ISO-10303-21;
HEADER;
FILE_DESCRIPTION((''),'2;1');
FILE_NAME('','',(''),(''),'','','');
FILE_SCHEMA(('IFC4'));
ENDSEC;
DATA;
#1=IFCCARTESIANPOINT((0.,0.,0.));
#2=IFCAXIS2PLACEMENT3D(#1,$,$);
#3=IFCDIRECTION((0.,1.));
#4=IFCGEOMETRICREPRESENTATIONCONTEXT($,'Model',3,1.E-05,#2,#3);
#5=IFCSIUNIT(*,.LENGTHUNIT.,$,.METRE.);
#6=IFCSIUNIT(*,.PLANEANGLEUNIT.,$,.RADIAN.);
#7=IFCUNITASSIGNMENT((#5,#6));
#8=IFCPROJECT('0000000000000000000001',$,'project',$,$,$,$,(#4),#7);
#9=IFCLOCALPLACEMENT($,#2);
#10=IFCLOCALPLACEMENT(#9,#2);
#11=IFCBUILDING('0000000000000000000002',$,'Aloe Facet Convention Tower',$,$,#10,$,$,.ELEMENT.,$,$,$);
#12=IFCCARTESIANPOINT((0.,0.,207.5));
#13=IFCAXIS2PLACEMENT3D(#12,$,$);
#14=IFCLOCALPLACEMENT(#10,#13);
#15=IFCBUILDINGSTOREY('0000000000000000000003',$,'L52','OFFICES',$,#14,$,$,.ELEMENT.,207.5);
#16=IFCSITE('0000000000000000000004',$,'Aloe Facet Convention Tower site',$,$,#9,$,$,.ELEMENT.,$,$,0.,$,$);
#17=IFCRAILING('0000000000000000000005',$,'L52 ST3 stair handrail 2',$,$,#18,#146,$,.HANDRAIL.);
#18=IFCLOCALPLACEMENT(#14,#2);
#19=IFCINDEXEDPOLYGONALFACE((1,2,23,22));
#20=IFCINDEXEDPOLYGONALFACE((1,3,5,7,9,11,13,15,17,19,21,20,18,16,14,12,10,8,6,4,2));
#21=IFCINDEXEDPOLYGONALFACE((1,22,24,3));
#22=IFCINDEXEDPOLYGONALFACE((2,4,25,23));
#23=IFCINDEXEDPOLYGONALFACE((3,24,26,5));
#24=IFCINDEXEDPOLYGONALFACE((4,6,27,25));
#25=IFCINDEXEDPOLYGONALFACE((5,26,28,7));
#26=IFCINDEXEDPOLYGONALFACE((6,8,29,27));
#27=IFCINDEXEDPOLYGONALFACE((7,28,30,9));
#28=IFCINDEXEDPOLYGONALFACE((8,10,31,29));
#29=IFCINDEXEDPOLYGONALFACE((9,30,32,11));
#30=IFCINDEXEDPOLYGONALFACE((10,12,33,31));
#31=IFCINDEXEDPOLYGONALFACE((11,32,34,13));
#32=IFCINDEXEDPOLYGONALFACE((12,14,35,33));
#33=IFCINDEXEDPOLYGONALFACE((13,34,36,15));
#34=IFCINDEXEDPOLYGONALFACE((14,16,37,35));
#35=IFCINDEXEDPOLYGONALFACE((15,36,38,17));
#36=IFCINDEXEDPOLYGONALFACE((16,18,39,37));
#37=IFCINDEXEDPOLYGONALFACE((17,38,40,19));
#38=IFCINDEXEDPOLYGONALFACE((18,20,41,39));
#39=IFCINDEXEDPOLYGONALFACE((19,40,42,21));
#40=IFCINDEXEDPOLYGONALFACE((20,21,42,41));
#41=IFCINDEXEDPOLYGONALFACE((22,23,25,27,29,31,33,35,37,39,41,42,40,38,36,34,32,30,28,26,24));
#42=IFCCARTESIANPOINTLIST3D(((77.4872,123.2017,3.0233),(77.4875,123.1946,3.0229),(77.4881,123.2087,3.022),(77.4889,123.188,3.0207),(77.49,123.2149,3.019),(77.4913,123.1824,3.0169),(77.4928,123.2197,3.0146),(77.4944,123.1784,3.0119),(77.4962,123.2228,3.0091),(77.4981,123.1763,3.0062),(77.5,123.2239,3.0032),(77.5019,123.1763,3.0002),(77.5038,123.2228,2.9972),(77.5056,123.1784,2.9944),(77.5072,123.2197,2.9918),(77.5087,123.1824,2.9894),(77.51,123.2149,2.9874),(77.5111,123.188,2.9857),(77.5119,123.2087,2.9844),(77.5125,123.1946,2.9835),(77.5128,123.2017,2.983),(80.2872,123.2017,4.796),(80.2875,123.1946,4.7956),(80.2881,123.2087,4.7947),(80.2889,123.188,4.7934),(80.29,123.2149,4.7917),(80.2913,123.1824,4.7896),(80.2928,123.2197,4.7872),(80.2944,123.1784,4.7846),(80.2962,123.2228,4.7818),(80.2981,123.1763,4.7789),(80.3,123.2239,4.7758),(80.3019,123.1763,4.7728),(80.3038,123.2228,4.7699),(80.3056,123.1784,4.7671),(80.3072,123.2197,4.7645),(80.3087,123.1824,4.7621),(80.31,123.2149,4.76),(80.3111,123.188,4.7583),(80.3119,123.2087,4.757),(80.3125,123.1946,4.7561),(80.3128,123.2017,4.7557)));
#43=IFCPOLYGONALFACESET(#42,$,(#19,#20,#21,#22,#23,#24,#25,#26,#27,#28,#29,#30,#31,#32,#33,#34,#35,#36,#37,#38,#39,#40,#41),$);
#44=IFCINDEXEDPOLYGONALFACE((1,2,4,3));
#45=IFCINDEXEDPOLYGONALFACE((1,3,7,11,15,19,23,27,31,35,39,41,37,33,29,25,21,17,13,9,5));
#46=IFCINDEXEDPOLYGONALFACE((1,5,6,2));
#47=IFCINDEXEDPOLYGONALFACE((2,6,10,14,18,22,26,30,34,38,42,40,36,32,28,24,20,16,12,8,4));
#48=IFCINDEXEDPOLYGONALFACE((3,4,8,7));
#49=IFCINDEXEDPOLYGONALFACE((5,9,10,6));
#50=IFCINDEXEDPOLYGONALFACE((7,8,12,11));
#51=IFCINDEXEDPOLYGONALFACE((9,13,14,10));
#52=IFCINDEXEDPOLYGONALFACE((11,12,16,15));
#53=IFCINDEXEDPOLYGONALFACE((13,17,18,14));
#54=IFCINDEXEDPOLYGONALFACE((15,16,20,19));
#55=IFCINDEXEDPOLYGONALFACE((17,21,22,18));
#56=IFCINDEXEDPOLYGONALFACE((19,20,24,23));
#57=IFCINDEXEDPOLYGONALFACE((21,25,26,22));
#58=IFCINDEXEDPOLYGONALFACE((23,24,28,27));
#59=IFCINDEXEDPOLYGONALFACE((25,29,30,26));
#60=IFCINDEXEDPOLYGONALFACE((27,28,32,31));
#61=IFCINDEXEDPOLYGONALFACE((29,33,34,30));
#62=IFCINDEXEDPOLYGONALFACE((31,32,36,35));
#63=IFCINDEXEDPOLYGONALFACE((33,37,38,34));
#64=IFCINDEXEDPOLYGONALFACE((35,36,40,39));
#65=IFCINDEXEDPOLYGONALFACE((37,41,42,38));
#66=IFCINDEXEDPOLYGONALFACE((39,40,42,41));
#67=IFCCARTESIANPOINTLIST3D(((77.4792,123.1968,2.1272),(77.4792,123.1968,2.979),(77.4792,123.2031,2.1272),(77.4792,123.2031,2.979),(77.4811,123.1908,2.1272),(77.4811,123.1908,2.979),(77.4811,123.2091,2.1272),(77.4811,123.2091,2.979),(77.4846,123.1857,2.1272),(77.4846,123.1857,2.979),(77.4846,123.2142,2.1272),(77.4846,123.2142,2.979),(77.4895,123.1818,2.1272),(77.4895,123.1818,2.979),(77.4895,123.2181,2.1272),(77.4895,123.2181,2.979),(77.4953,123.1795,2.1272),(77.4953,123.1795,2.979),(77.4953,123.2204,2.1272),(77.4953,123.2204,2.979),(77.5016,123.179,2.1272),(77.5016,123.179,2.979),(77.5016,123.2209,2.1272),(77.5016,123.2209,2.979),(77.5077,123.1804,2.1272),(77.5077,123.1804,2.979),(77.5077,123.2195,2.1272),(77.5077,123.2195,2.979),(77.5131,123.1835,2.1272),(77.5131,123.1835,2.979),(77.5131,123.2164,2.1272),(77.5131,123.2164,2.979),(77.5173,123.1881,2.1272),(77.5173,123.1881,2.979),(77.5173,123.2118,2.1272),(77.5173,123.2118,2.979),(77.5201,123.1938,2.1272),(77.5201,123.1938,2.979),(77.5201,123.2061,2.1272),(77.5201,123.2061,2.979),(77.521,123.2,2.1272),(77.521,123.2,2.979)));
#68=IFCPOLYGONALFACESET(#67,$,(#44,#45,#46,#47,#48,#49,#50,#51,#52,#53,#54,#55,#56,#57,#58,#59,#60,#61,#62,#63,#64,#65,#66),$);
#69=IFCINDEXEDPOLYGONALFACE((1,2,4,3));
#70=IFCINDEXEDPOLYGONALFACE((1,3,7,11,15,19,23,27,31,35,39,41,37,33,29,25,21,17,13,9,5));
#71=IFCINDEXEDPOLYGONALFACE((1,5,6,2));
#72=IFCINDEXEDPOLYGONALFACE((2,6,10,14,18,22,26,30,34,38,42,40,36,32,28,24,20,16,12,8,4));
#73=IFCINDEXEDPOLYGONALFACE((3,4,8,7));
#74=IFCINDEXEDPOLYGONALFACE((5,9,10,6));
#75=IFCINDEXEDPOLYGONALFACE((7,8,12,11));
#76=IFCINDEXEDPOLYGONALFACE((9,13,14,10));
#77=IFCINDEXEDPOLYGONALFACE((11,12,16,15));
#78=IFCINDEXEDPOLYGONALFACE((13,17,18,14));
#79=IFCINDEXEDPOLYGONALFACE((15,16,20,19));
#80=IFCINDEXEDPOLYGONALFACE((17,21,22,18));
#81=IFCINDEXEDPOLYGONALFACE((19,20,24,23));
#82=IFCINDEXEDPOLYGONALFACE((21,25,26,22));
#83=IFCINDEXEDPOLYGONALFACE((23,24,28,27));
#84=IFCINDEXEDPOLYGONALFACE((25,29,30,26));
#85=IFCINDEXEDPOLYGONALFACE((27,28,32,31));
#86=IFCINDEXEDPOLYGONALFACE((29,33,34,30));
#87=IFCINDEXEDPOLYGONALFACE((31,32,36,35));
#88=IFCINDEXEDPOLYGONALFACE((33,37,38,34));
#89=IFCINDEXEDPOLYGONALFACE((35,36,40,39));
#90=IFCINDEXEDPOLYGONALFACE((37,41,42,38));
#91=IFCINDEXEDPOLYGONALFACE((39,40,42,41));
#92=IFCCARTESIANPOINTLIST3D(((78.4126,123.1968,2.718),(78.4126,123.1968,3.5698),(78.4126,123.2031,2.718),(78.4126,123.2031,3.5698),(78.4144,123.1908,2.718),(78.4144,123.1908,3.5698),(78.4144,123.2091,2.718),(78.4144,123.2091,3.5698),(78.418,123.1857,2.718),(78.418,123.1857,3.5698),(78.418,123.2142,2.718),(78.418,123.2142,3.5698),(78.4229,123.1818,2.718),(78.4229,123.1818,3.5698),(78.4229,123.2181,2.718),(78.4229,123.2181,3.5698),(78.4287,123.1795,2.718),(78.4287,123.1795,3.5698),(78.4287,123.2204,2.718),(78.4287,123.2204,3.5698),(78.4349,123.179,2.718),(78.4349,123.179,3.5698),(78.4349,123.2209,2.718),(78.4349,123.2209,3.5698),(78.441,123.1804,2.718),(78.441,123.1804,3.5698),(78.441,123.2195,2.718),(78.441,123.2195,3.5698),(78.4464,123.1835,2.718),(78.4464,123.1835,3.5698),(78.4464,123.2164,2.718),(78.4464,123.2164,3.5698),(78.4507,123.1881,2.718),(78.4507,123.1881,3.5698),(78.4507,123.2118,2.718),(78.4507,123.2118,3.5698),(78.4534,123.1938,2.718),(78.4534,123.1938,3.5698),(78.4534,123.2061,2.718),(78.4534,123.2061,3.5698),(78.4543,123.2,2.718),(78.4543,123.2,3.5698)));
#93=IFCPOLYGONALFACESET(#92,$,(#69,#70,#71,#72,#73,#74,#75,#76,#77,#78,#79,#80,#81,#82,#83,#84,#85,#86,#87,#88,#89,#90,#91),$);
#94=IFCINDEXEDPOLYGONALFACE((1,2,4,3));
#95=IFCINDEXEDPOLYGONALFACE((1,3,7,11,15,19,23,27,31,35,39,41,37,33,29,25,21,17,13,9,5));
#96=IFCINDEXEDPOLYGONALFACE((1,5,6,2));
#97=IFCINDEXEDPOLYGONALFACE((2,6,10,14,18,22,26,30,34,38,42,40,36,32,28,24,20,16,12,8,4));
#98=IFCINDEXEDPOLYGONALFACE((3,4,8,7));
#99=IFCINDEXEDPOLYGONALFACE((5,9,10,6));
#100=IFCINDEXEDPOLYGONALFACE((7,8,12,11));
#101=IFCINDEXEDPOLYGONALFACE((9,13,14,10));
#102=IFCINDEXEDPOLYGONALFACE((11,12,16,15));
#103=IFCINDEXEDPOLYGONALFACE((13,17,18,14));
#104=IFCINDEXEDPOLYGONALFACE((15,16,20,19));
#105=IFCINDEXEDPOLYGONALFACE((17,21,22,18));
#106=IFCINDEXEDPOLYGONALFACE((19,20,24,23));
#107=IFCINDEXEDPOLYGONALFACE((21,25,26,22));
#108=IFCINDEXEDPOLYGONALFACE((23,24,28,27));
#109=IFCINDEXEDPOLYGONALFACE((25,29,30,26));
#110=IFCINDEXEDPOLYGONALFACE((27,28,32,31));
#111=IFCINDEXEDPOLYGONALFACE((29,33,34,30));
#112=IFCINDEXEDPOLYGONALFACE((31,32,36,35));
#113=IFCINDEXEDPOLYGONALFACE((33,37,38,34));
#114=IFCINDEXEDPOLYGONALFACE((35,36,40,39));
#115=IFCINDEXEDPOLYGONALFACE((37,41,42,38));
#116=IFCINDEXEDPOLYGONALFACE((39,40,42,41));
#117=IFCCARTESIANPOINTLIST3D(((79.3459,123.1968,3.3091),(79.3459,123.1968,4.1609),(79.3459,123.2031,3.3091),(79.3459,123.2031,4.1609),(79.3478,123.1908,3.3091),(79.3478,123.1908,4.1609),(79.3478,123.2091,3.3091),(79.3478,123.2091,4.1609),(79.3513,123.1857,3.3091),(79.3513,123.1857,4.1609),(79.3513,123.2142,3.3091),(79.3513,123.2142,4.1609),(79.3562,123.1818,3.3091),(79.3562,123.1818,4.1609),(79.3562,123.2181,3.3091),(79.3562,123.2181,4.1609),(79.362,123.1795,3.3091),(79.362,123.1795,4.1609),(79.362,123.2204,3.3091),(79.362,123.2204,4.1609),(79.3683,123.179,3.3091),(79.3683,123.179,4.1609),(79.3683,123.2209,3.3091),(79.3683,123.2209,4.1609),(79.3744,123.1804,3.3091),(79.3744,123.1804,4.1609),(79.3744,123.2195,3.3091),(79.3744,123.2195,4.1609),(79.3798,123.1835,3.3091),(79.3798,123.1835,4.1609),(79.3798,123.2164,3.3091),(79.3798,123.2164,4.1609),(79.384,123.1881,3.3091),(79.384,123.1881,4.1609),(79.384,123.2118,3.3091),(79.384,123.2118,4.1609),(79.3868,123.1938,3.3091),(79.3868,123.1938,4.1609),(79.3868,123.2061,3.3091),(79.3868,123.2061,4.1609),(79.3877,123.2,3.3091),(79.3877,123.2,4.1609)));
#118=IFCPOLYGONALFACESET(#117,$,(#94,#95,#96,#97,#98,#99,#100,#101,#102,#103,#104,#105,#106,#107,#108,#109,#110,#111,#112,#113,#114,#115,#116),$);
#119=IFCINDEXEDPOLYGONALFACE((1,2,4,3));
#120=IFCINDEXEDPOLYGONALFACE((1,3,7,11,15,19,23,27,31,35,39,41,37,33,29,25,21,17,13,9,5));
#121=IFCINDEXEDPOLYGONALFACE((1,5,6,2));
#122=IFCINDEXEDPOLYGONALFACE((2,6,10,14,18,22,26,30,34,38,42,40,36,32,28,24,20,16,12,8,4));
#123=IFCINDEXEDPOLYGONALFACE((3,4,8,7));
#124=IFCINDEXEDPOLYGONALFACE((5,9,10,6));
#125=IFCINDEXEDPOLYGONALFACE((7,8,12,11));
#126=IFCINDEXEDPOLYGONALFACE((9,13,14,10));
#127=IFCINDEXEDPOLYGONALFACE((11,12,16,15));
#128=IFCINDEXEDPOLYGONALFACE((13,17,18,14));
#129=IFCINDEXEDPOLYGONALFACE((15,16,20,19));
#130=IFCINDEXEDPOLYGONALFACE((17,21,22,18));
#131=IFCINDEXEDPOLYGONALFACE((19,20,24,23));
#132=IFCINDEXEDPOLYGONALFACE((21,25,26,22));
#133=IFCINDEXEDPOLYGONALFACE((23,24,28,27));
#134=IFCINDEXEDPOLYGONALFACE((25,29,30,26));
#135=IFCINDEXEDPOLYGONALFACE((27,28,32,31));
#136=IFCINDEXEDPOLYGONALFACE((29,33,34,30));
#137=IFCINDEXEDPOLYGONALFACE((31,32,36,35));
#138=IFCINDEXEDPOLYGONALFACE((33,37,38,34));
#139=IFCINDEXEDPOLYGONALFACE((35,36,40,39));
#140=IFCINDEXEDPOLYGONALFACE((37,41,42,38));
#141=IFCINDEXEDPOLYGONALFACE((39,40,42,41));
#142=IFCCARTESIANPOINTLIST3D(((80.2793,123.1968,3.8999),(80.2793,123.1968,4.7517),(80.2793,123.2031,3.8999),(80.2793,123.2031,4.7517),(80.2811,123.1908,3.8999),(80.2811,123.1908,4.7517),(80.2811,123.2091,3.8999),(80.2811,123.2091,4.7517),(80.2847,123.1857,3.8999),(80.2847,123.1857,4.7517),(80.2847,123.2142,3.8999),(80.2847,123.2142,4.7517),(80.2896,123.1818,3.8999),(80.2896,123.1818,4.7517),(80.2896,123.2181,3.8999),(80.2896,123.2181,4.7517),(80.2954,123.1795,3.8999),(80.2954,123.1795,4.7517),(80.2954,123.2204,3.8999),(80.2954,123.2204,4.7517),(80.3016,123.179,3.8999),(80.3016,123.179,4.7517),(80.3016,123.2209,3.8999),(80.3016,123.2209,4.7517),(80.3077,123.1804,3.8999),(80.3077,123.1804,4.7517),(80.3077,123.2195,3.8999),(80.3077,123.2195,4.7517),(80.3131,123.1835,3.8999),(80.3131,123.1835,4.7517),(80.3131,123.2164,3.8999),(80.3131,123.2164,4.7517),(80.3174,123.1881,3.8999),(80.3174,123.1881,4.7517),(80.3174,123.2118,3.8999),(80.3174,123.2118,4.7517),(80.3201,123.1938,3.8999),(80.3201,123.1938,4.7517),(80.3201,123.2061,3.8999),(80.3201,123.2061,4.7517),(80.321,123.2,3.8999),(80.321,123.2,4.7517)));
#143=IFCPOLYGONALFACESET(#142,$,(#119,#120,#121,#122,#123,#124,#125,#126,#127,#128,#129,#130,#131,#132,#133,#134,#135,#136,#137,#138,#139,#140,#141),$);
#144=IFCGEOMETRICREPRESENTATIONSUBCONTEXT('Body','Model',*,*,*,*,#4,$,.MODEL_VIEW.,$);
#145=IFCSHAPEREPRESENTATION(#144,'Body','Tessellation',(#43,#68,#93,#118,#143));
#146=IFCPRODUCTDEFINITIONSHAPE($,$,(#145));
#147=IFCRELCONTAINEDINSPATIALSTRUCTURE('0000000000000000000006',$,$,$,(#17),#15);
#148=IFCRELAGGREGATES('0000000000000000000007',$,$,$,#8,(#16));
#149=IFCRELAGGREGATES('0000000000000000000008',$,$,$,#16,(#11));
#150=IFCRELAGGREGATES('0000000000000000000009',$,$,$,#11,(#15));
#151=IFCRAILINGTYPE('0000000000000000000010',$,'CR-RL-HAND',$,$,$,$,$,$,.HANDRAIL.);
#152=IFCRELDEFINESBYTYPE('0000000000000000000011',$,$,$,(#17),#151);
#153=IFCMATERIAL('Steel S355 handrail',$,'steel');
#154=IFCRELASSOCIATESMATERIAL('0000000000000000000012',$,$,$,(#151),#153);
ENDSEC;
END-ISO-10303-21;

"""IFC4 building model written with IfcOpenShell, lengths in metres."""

from ifc_helpers import new_model, si_unit, direction, frame, origin, origin_2d, place, context, subcontext, project, spatial, circle, extrude, material, type_object, element, save


model = new_model("IFC4")

# Units and contexts
model_context = context("Model", 3, precision=1e-05, world=origin(), true_north=direction((0.0, 1.0)))
body_context = subcontext(model_context, "Body", "Model", "MODEL_VIEW")
ifc_project = project(units=[si_unit("LENGTHUNIT", "METRE"), si_unit("PLANEANGLEUNIT", "RADIAN")], contexts=[model_context])

# Site, building, storey
site_placement = place(None, origin())
site = spatial("IfcSite", under=ifc_project, at=site_placement, Name="Aloe Facet Convention Tower site", CompositionType="ELEMENT", RefElevation=0.0)
building_placement = place(site_placement, origin())
building = spatial("IfcBuilding", under=site, at=building_placement, Name="Aloe Facet Convention Tower", CompositionType="ELEMENT")
storey_placement = place(building_placement, frame((0.0, 0.0, 207.5)))
storey = spatial("IfcBuildingStorey", under=building, at=storey_placement, Name="L52", Description="OFFICES", CompositionType="ELEMENT", Elevation=207.5)

# Railing
ifc_material_1 = material(Name="Steel S355 handrail", Category="steel")
railing_type_1 = type_object("IfcRailingType", Name="CR-RL-HAND", PredefinedType="HANDRAIL", material=ifc_material_1)
railing_1_placement = place(storey_placement, frame((77.5, 123.2, 2.1272)))
element("IfcRailing", 1, at=railing_1_placement, inside=storey, type_object=railing_type_1, Name="L52 ST3 stair handrail 2", PredefinedType="HANDRAIL", context=body_context, shape_type="SweptSolid", body=[
    extrude(circle(Radius=0.0239, at=origin_2d()), frame((0.0, 0.0, 0.876), z_axis=(0.844909, 0.0, 0.53491), x_axis=(0.0, 1.0, 0.0)), (0.0, 0.0, 1.0), 3.314),
    extrude(circle(Radius=0.021, at=origin_2d()), origin(), (0.0, 0.0, 1.0), 0.8518),
    extrude(circle(Radius=0.021, at=origin_2d()), frame((0.9333, 0.0, 0.5908)), (0.0, 0.0, 1.0), 0.8518),
    extrude(circle(Radius=0.021, at=origin_2d()), frame((1.8667, 0.0, 1.1819)), (0.0, 0.0, 1.0), 0.8518),
    extrude(circle(Radius=0.021, at=origin_2d()), frame((2.8, 0.0, 1.7727)), (0.0, 0.0, 1.0), 0.8518),
])

save(model, "model.ifc")
